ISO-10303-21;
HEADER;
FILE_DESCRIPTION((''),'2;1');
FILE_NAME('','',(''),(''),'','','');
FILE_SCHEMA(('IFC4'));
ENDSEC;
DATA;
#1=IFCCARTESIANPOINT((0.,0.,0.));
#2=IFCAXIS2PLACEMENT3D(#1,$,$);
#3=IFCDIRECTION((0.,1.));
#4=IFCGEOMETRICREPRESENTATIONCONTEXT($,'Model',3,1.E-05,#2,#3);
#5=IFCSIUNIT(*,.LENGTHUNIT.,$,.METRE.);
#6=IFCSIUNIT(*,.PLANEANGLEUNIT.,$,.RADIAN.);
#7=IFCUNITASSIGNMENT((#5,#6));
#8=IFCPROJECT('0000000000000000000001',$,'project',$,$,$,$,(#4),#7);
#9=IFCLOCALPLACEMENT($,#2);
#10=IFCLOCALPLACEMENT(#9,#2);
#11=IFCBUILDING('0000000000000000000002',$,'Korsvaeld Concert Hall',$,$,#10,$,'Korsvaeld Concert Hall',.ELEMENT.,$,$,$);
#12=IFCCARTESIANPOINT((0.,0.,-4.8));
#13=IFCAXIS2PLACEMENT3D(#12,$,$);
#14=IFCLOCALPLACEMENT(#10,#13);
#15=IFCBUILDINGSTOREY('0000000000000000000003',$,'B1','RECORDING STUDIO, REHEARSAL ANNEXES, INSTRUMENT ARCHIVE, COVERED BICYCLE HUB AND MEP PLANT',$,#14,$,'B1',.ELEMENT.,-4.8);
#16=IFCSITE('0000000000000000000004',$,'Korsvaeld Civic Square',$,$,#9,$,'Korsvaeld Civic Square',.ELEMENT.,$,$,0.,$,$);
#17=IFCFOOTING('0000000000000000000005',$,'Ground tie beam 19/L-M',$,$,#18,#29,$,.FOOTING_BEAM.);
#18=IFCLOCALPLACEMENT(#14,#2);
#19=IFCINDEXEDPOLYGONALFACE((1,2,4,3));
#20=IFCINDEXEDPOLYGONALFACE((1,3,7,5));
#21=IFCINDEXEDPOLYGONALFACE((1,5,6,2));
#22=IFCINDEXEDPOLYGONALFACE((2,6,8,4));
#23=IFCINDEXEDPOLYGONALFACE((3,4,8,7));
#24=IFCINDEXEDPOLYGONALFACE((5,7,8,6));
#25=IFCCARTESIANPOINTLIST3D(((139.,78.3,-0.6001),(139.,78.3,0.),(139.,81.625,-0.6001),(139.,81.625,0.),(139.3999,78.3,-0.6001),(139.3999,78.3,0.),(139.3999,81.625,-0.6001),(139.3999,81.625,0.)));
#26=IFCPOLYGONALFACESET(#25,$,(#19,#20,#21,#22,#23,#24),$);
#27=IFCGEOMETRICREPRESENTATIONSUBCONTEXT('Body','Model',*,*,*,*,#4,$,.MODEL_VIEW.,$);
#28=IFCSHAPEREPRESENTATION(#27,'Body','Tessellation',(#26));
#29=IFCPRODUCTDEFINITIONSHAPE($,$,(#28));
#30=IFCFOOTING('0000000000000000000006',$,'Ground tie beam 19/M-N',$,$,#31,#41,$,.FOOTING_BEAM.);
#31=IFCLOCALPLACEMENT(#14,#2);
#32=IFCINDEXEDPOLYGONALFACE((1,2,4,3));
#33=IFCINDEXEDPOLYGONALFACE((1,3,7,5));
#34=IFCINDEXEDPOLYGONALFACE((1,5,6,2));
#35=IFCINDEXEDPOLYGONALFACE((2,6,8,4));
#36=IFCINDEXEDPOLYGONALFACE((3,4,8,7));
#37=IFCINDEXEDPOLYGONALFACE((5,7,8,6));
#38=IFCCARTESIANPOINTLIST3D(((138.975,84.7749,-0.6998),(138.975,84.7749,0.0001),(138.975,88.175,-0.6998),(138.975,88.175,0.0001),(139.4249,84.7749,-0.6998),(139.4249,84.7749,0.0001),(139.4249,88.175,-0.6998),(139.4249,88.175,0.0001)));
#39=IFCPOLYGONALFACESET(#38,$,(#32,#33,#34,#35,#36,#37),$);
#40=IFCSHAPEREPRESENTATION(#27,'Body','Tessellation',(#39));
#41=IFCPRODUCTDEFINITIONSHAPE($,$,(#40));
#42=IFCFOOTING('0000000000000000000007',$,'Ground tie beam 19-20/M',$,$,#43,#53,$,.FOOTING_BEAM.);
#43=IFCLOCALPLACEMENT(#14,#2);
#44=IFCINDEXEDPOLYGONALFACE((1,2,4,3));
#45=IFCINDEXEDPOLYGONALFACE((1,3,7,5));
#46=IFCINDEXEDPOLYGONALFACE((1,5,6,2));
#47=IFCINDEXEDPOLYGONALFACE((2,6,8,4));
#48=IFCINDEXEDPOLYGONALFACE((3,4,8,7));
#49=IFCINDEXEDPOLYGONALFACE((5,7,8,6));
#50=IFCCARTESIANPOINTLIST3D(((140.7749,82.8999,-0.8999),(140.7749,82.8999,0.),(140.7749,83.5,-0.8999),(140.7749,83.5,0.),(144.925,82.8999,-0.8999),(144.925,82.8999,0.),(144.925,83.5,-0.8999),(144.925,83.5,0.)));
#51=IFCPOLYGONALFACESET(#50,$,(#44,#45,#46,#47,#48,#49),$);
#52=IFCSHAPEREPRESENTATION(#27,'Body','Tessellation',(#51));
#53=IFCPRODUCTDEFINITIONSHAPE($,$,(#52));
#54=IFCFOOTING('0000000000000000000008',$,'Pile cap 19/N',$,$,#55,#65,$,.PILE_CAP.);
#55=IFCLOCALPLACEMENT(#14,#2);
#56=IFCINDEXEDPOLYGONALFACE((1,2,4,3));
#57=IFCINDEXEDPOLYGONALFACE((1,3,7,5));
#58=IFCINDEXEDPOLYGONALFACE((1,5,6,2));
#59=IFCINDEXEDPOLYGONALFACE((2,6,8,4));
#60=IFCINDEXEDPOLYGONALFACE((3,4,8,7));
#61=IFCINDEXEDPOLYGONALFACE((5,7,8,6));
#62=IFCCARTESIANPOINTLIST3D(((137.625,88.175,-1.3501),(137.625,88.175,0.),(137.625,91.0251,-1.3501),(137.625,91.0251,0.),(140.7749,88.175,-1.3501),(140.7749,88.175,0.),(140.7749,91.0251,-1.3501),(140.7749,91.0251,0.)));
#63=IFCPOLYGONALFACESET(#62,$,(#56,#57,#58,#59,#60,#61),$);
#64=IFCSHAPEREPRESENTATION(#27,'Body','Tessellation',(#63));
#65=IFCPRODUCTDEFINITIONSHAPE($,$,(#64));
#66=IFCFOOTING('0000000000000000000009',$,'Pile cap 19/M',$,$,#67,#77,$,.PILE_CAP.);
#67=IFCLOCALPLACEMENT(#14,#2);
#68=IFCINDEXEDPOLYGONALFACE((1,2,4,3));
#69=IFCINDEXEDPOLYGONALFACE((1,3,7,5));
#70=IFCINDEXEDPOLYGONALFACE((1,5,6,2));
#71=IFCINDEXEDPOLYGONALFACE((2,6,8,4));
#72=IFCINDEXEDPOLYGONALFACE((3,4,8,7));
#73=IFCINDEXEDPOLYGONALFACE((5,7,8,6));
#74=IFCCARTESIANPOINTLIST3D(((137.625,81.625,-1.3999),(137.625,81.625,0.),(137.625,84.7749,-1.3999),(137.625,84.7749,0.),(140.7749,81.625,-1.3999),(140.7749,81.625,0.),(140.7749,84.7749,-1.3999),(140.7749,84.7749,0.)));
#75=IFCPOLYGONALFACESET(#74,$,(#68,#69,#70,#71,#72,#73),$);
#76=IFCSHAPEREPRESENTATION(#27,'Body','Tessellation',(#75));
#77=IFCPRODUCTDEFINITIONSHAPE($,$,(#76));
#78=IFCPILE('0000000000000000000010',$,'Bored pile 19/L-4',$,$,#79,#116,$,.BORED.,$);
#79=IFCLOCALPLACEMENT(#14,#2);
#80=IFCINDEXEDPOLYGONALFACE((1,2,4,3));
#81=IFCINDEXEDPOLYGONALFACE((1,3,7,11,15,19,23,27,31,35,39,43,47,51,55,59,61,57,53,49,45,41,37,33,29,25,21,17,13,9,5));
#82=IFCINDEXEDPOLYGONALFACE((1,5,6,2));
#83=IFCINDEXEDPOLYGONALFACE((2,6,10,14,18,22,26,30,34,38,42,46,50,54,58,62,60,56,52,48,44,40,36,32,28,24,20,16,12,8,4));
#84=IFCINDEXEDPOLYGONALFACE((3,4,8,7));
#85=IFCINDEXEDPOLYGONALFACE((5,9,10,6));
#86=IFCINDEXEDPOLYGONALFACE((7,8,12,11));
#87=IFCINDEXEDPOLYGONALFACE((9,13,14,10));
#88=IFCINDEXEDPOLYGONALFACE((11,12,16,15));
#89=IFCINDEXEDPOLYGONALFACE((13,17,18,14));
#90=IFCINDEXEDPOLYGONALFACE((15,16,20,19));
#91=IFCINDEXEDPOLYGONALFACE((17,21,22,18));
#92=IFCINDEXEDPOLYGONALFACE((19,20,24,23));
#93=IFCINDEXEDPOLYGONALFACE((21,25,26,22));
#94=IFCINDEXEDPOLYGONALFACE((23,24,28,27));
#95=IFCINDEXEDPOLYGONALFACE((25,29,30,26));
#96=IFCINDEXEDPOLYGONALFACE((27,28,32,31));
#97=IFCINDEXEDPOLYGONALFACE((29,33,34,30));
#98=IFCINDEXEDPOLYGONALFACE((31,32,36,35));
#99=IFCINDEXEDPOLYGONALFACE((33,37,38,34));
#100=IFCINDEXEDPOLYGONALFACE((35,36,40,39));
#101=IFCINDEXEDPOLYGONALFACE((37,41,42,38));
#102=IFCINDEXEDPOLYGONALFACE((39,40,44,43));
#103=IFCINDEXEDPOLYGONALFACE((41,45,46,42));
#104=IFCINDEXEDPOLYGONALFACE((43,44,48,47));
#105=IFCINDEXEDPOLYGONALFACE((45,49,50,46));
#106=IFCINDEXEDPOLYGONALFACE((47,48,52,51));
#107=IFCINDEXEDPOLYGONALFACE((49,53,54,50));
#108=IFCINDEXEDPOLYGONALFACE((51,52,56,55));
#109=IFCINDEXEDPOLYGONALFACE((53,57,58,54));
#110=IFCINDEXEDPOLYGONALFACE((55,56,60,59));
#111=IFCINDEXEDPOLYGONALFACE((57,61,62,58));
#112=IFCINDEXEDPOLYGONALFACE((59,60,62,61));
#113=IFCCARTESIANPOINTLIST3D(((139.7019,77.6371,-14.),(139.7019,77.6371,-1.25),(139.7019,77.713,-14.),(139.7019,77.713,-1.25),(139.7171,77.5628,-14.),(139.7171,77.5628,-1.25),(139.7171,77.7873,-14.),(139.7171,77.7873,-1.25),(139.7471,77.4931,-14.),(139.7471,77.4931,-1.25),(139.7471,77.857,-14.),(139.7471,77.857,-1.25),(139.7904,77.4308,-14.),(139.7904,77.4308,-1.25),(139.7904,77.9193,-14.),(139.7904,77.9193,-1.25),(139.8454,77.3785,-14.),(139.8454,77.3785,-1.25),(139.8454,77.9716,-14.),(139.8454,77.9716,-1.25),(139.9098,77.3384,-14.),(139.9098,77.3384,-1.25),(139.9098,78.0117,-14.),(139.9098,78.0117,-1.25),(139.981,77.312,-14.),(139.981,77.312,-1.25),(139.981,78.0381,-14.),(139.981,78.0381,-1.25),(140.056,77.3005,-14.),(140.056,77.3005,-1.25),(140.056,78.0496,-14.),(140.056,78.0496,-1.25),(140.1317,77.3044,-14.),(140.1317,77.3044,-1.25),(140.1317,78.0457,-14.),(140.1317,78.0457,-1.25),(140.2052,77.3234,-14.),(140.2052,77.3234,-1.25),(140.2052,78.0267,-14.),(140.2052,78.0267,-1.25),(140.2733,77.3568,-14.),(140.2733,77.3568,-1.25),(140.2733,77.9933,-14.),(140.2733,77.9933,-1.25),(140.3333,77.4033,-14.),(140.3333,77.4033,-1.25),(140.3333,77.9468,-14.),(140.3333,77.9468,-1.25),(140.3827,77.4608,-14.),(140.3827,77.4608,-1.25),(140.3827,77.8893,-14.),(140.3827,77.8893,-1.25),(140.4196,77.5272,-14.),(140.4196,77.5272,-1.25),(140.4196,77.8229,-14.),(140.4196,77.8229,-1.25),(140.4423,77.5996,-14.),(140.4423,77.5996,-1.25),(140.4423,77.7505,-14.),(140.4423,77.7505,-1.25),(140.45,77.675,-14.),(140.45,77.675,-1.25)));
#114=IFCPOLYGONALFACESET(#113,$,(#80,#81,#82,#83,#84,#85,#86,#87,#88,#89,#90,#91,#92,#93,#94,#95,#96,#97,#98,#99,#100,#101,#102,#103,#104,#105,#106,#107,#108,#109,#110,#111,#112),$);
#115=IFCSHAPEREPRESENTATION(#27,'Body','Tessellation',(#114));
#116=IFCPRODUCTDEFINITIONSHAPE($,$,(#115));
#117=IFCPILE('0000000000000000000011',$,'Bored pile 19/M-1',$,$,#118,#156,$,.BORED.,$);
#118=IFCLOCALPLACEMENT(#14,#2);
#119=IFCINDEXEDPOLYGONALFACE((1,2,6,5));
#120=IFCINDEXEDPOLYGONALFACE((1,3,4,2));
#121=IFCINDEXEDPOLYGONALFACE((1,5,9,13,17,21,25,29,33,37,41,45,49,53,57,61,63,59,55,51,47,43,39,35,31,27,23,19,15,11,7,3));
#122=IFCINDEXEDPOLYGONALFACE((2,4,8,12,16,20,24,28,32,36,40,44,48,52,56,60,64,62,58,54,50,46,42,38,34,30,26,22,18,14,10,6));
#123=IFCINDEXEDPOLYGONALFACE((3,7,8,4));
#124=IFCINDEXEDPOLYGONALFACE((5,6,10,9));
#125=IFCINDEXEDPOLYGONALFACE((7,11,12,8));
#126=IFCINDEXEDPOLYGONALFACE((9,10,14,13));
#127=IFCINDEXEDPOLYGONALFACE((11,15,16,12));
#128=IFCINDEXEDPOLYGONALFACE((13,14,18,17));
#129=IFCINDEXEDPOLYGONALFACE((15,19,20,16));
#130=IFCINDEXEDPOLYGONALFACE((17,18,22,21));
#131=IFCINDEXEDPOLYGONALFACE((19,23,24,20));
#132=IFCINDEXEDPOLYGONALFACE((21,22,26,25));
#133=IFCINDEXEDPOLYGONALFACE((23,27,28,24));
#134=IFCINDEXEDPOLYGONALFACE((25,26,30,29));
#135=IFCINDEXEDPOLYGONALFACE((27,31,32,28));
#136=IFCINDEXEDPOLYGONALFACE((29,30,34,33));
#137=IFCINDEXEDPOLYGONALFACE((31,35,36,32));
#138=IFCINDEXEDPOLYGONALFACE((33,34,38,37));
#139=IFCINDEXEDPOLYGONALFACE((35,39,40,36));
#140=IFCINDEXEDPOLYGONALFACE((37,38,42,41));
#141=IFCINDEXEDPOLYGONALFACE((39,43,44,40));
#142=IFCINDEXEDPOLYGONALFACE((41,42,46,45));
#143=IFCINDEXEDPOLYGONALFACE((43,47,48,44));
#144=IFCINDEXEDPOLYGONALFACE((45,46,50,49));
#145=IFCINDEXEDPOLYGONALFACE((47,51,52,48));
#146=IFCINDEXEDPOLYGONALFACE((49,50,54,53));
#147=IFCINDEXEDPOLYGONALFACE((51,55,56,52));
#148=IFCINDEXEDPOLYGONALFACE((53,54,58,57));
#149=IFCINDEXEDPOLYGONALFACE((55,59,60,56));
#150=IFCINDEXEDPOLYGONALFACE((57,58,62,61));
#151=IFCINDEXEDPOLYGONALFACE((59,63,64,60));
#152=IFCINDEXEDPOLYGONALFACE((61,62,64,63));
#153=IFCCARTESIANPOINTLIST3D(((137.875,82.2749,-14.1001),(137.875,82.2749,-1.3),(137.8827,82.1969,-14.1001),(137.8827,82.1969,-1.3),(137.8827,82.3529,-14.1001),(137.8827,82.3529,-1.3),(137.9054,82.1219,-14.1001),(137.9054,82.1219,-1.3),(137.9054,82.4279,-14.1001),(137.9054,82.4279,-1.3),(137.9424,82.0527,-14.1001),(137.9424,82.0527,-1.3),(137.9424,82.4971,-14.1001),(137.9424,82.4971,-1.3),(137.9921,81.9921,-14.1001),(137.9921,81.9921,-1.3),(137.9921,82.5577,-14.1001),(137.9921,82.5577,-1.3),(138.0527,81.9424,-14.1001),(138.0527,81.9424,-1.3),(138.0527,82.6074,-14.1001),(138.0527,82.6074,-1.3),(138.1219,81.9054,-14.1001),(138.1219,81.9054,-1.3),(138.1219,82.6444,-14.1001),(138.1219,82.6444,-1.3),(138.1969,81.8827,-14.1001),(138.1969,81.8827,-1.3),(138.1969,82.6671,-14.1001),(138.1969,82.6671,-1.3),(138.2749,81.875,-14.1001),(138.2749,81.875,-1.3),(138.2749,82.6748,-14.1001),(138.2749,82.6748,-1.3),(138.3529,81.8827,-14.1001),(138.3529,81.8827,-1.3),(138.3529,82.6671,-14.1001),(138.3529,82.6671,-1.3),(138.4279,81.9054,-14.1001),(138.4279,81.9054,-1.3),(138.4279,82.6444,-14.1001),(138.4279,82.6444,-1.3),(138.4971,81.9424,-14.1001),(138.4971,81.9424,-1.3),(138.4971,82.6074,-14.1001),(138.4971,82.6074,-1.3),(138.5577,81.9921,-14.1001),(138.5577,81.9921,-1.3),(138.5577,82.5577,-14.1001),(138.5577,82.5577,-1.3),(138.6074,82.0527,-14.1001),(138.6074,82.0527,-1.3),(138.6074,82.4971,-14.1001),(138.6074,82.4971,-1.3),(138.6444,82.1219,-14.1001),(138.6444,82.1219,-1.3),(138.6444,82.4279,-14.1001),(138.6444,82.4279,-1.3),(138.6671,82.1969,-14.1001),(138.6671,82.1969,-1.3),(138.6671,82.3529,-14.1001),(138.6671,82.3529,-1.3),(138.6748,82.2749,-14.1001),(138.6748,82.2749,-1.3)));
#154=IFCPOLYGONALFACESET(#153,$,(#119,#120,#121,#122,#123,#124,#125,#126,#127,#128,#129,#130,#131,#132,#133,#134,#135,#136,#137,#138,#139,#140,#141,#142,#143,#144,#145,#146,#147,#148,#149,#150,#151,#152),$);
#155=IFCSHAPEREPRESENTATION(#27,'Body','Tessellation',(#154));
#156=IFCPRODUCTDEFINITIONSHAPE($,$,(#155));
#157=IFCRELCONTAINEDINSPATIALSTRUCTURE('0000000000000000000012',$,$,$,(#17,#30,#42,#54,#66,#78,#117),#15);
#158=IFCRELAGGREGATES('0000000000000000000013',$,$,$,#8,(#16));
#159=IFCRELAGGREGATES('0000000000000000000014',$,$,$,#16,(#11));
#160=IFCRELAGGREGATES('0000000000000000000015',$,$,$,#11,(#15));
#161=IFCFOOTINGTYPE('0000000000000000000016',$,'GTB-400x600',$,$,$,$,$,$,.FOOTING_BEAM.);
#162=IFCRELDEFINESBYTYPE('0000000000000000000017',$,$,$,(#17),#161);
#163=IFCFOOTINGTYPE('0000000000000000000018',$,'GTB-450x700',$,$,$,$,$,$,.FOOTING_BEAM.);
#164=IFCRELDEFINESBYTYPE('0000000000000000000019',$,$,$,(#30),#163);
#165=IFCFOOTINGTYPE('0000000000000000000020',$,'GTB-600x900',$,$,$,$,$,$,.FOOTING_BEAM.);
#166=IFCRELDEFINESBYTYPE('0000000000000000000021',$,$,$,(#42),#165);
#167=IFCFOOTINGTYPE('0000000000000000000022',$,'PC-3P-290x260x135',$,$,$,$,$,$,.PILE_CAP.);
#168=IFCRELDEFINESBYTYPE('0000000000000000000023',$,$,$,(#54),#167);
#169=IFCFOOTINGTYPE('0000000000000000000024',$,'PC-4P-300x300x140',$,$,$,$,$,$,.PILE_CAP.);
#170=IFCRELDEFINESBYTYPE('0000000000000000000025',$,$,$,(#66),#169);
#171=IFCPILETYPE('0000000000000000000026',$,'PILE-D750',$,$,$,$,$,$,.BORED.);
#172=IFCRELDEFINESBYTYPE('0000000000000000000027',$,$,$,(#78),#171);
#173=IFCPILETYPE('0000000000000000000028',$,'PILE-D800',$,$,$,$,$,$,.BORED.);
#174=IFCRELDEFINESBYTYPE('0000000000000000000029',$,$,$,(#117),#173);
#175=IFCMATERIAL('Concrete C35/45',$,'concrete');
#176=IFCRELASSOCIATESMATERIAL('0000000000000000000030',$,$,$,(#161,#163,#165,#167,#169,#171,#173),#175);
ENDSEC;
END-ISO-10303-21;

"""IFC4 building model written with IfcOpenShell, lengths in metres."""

from ifc_helpers import new_model, si_unit, direction, frame, origin, origin_2d, place, context, subcontext, project, spatial, rectangle, circle, extrude, material, material_profile, profile_set, type_object, element, save


model = new_model("IFC4")

# Units and contexts
model_context = context("Model", 3, precision=1e-05, world=origin(), true_north=direction((0.0, 1.0)))
body_context = subcontext(model_context, "Body", "Model", "MODEL_VIEW")
ifc_project = project(units=[si_unit("LENGTHUNIT", "METRE"), si_unit("PLANEANGLEUNIT", "RADIAN")], contexts=[model_context])

# Site, building, storey
site_placement = place(None, origin())
site = spatial("IfcSite", under=ifc_project, at=site_placement, Name="Korsvaeld Civic Square", LongName="Korsvaeld Civic Square", CompositionType="ELEMENT", RefElevation=0.0)
building_placement = place(site_placement, origin())
building = spatial("IfcBuilding", under=site, at=building_placement, Name="Korsvaeld Concert Hall", LongName="Korsvaeld Concert Hall", CompositionType="ELEMENT")
storey_placement = place(building_placement, frame((0.0, 0.0, -4.8)))
storey = spatial("IfcBuildingStorey", under=building, at=storey_placement, Name="B1", Description="RECORDING STUDIO, REHEARSAL ANNEXES, INSTRUMENT ARCHIVE, COVERED BICYCLE HUB AND MEP PLANT", LongName="B1", CompositionType="ELEMENT", Elevation=-4.8)

# Footings
ifc_material_1 = material(Name="Concrete C35/45", Category="concrete")
ifc_material_profile_1 = material_profile(ifc_material_1, rectangle(XDim=0.3999, YDim=0.6001, at=origin_2d()), Name="GTB 400x600")
ifc_profile_set_1 = profile_set([ifc_material_profile_1], Name="Concrete C35/45")
footing_type_1 = type_object("IfcFootingType", Name="GTB-400x600", PredefinedType="FOOTING_BEAM", material=ifc_profile_set_1)
footing_1_placement = place(storey_placement, frame((139.2, 78.3, -0.3), z_axis=(0.0, 1.0, 0.0), x_axis=(-1.0, 0.0, 0.0)))
element("IfcFooting", 1, at=footing_1_placement, inside=storey, type_object=footing_type_1, Name="Ground tie beam 19/L-M", PredefinedType="FOOTING_BEAM", context=body_context, shape_type="SweptSolid", body=[
    extrude(rectangle(XDim=0.3999, YDim=0.6001, at=origin_2d()), origin(), (0.0, 0.0, 1.0), 3.325),
])
ifc_material_profile_2 = material_profile(ifc_material_1, rectangle(XDim=0.45, YDim=0.7, at=origin_2d()), Name="GTB 450x700")
ifc_profile_set_2 = profile_set([ifc_material_profile_2], Name="Concrete C35/45")
footing_type_2 = type_object("IfcFootingType", Name="GTB-450x700", PredefinedType="FOOTING_BEAM", material=ifc_profile_set_2)
footing_2_placement = place(storey_placement, frame((139.2, 84.7749, -0.3499), z_axis=(0.0, 1.0, 0.0), x_axis=(-1.0, 0.0, 0.0)))
element("IfcFooting", 2, at=footing_2_placement, inside=storey, type_object=footing_type_2, Name="Ground tie beam 19/M-N", PredefinedType="FOOTING_BEAM", context=body_context, shape_type="SweptSolid", body=[
    extrude(rectangle(XDim=0.45, YDim=0.7, at=origin_2d()), origin(), (0.0, 0.0, 1.0), 3.4001),
])
ifc_material_profile_3 = material_profile(ifc_material_1, rectangle(XDim=0.6001, YDim=0.8999, at=origin_2d()), Name="GTB 600x900")
ifc_profile_set_3 = profile_set([ifc_material_profile_3], Name="Concrete C35/45")
footing_type_3 = type_object("IfcFootingType", Name="GTB-600x900", PredefinedType="FOOTING_BEAM", material=ifc_profile_set_3)
footing_3_placement = place(storey_placement, frame((140.7749, 83.2, -0.45), z_axis=(1.0, 0.0, 0.0), x_axis=(0.0, 1.0, 0.0)))
element("IfcFooting", 3, at=footing_3_placement, inside=storey, type_object=footing_type_3, Name="Ground tie beam 19-20/M", PredefinedType="FOOTING_BEAM", context=body_context, shape_type="SweptSolid", body=[
    extrude(rectangle(XDim=0.6001, YDim=0.8999, at=origin_2d()), origin(), (0.0, 0.0, 1.0), 4.1501),
])
footing_type_4 = type_object("IfcFootingType", Name="PC-3P-290x260x135", PredefinedType="PILE_CAP", material=ifc_material_1)
footing_4_placement = place(storey_placement, frame((139.2, 89.6001, -1.3501), z_axis=(0.0, 0.0, 1.0), x_axis=(1.0, 0.0, 0.0)))
element("IfcFooting", 4, at=footing_4_placement, inside=storey, type_object=footing_type_4, Name="Pile cap 19/N", PredefinedType="PILE_CAP", context=body_context, shape_type="SweptSolid", body=[
    extrude(rectangle(XDim=3.1499, YDim=2.8501, at=origin_2d()), origin(), (0.0, 0.0, 1.0), 1.3501),
])
footing_type_5 = type_object("IfcFootingType", Name="PC-4P-300x300x140", PredefinedType="PILE_CAP", material=ifc_material_1)
footing_5_placement = place(storey_placement, frame((139.2, 83.2, -1.3999), z_axis=(0.0, 0.0, 1.0), x_axis=(1.0, 0.0, 0.0)))
element("IfcFooting", 5, at=footing_5_placement, inside=storey, type_object=footing_type_5, Name="Pile cap 19/M", PredefinedType="PILE_CAP", context=body_context, shape_type="SweptSolid", body=[
    extrude(rectangle(XDim=3.1499, YDim=3.1499, at=origin_2d()), origin(), (0.0, 0.0, 1.0), 1.3999),
])

# Piles
ifc_material_profile_4 = material_profile(ifc_material_1, circle(Radius=0.375, at=origin_2d()), Name="BORED PILE D750")
ifc_profile_set_4 = profile_set([ifc_material_profile_4], Name="Concrete C35/45")
pile_type_1 = type_object("IfcPileType", Name="PILE-D750", PredefinedType="BORED", material=ifc_profile_set_4)
pile_placement = place(storey_placement, frame((140.075, 77.675, -1.25), z_axis=(0.0, 0.0, -1.0), x_axis=(1.0, 0.0, 0.0)))
element("IfcPile", 6, at=pile_placement, inside=storey, type_object=pile_type_1, Name="Bored pile 19/L-4", PredefinedType="BORED", context=body_context, shape_type="SweptSolid", body=[
    extrude(circle(Radius=0.375, at=origin_2d()), origin(), (0.0, 0.0, 1.0), 12.75),
])
ifc_material_profile_5 = material_profile(ifc_material_1, circle(Radius=0.3999, at=origin_2d()), Name="BORED PILE D800")
ifc_profile_set_5 = profile_set([ifc_material_profile_5], Name="Concrete C35/45")
pile_type_2 = type_object("IfcPileType", Name="PILE-D800", PredefinedType="BORED", material=ifc_profile_set_5)
for number, where, z_axis, x_axis, name in (
    (7, (138.2749, 82.2749, -1.3), (0.0, 0.0, -1.0), (1.0, 0.0, 0.0), "Bored pile 19/M-1"),
):
    element("IfcPile", number, at=place(storey_placement, frame(where, z_axis=z_axis, x_axis=x_axis)), inside=storey, type_object=pile_type_2, Name=name, PredefinedType="BORED", context=body_context, shape_type="SweptSolid", body=[
        extrude(circle(Radius=0.3999, at=origin_2d()), origin(), (0.0, 0.0, 1.0), 12.8),
    ])

save(model, "model.ifc")
